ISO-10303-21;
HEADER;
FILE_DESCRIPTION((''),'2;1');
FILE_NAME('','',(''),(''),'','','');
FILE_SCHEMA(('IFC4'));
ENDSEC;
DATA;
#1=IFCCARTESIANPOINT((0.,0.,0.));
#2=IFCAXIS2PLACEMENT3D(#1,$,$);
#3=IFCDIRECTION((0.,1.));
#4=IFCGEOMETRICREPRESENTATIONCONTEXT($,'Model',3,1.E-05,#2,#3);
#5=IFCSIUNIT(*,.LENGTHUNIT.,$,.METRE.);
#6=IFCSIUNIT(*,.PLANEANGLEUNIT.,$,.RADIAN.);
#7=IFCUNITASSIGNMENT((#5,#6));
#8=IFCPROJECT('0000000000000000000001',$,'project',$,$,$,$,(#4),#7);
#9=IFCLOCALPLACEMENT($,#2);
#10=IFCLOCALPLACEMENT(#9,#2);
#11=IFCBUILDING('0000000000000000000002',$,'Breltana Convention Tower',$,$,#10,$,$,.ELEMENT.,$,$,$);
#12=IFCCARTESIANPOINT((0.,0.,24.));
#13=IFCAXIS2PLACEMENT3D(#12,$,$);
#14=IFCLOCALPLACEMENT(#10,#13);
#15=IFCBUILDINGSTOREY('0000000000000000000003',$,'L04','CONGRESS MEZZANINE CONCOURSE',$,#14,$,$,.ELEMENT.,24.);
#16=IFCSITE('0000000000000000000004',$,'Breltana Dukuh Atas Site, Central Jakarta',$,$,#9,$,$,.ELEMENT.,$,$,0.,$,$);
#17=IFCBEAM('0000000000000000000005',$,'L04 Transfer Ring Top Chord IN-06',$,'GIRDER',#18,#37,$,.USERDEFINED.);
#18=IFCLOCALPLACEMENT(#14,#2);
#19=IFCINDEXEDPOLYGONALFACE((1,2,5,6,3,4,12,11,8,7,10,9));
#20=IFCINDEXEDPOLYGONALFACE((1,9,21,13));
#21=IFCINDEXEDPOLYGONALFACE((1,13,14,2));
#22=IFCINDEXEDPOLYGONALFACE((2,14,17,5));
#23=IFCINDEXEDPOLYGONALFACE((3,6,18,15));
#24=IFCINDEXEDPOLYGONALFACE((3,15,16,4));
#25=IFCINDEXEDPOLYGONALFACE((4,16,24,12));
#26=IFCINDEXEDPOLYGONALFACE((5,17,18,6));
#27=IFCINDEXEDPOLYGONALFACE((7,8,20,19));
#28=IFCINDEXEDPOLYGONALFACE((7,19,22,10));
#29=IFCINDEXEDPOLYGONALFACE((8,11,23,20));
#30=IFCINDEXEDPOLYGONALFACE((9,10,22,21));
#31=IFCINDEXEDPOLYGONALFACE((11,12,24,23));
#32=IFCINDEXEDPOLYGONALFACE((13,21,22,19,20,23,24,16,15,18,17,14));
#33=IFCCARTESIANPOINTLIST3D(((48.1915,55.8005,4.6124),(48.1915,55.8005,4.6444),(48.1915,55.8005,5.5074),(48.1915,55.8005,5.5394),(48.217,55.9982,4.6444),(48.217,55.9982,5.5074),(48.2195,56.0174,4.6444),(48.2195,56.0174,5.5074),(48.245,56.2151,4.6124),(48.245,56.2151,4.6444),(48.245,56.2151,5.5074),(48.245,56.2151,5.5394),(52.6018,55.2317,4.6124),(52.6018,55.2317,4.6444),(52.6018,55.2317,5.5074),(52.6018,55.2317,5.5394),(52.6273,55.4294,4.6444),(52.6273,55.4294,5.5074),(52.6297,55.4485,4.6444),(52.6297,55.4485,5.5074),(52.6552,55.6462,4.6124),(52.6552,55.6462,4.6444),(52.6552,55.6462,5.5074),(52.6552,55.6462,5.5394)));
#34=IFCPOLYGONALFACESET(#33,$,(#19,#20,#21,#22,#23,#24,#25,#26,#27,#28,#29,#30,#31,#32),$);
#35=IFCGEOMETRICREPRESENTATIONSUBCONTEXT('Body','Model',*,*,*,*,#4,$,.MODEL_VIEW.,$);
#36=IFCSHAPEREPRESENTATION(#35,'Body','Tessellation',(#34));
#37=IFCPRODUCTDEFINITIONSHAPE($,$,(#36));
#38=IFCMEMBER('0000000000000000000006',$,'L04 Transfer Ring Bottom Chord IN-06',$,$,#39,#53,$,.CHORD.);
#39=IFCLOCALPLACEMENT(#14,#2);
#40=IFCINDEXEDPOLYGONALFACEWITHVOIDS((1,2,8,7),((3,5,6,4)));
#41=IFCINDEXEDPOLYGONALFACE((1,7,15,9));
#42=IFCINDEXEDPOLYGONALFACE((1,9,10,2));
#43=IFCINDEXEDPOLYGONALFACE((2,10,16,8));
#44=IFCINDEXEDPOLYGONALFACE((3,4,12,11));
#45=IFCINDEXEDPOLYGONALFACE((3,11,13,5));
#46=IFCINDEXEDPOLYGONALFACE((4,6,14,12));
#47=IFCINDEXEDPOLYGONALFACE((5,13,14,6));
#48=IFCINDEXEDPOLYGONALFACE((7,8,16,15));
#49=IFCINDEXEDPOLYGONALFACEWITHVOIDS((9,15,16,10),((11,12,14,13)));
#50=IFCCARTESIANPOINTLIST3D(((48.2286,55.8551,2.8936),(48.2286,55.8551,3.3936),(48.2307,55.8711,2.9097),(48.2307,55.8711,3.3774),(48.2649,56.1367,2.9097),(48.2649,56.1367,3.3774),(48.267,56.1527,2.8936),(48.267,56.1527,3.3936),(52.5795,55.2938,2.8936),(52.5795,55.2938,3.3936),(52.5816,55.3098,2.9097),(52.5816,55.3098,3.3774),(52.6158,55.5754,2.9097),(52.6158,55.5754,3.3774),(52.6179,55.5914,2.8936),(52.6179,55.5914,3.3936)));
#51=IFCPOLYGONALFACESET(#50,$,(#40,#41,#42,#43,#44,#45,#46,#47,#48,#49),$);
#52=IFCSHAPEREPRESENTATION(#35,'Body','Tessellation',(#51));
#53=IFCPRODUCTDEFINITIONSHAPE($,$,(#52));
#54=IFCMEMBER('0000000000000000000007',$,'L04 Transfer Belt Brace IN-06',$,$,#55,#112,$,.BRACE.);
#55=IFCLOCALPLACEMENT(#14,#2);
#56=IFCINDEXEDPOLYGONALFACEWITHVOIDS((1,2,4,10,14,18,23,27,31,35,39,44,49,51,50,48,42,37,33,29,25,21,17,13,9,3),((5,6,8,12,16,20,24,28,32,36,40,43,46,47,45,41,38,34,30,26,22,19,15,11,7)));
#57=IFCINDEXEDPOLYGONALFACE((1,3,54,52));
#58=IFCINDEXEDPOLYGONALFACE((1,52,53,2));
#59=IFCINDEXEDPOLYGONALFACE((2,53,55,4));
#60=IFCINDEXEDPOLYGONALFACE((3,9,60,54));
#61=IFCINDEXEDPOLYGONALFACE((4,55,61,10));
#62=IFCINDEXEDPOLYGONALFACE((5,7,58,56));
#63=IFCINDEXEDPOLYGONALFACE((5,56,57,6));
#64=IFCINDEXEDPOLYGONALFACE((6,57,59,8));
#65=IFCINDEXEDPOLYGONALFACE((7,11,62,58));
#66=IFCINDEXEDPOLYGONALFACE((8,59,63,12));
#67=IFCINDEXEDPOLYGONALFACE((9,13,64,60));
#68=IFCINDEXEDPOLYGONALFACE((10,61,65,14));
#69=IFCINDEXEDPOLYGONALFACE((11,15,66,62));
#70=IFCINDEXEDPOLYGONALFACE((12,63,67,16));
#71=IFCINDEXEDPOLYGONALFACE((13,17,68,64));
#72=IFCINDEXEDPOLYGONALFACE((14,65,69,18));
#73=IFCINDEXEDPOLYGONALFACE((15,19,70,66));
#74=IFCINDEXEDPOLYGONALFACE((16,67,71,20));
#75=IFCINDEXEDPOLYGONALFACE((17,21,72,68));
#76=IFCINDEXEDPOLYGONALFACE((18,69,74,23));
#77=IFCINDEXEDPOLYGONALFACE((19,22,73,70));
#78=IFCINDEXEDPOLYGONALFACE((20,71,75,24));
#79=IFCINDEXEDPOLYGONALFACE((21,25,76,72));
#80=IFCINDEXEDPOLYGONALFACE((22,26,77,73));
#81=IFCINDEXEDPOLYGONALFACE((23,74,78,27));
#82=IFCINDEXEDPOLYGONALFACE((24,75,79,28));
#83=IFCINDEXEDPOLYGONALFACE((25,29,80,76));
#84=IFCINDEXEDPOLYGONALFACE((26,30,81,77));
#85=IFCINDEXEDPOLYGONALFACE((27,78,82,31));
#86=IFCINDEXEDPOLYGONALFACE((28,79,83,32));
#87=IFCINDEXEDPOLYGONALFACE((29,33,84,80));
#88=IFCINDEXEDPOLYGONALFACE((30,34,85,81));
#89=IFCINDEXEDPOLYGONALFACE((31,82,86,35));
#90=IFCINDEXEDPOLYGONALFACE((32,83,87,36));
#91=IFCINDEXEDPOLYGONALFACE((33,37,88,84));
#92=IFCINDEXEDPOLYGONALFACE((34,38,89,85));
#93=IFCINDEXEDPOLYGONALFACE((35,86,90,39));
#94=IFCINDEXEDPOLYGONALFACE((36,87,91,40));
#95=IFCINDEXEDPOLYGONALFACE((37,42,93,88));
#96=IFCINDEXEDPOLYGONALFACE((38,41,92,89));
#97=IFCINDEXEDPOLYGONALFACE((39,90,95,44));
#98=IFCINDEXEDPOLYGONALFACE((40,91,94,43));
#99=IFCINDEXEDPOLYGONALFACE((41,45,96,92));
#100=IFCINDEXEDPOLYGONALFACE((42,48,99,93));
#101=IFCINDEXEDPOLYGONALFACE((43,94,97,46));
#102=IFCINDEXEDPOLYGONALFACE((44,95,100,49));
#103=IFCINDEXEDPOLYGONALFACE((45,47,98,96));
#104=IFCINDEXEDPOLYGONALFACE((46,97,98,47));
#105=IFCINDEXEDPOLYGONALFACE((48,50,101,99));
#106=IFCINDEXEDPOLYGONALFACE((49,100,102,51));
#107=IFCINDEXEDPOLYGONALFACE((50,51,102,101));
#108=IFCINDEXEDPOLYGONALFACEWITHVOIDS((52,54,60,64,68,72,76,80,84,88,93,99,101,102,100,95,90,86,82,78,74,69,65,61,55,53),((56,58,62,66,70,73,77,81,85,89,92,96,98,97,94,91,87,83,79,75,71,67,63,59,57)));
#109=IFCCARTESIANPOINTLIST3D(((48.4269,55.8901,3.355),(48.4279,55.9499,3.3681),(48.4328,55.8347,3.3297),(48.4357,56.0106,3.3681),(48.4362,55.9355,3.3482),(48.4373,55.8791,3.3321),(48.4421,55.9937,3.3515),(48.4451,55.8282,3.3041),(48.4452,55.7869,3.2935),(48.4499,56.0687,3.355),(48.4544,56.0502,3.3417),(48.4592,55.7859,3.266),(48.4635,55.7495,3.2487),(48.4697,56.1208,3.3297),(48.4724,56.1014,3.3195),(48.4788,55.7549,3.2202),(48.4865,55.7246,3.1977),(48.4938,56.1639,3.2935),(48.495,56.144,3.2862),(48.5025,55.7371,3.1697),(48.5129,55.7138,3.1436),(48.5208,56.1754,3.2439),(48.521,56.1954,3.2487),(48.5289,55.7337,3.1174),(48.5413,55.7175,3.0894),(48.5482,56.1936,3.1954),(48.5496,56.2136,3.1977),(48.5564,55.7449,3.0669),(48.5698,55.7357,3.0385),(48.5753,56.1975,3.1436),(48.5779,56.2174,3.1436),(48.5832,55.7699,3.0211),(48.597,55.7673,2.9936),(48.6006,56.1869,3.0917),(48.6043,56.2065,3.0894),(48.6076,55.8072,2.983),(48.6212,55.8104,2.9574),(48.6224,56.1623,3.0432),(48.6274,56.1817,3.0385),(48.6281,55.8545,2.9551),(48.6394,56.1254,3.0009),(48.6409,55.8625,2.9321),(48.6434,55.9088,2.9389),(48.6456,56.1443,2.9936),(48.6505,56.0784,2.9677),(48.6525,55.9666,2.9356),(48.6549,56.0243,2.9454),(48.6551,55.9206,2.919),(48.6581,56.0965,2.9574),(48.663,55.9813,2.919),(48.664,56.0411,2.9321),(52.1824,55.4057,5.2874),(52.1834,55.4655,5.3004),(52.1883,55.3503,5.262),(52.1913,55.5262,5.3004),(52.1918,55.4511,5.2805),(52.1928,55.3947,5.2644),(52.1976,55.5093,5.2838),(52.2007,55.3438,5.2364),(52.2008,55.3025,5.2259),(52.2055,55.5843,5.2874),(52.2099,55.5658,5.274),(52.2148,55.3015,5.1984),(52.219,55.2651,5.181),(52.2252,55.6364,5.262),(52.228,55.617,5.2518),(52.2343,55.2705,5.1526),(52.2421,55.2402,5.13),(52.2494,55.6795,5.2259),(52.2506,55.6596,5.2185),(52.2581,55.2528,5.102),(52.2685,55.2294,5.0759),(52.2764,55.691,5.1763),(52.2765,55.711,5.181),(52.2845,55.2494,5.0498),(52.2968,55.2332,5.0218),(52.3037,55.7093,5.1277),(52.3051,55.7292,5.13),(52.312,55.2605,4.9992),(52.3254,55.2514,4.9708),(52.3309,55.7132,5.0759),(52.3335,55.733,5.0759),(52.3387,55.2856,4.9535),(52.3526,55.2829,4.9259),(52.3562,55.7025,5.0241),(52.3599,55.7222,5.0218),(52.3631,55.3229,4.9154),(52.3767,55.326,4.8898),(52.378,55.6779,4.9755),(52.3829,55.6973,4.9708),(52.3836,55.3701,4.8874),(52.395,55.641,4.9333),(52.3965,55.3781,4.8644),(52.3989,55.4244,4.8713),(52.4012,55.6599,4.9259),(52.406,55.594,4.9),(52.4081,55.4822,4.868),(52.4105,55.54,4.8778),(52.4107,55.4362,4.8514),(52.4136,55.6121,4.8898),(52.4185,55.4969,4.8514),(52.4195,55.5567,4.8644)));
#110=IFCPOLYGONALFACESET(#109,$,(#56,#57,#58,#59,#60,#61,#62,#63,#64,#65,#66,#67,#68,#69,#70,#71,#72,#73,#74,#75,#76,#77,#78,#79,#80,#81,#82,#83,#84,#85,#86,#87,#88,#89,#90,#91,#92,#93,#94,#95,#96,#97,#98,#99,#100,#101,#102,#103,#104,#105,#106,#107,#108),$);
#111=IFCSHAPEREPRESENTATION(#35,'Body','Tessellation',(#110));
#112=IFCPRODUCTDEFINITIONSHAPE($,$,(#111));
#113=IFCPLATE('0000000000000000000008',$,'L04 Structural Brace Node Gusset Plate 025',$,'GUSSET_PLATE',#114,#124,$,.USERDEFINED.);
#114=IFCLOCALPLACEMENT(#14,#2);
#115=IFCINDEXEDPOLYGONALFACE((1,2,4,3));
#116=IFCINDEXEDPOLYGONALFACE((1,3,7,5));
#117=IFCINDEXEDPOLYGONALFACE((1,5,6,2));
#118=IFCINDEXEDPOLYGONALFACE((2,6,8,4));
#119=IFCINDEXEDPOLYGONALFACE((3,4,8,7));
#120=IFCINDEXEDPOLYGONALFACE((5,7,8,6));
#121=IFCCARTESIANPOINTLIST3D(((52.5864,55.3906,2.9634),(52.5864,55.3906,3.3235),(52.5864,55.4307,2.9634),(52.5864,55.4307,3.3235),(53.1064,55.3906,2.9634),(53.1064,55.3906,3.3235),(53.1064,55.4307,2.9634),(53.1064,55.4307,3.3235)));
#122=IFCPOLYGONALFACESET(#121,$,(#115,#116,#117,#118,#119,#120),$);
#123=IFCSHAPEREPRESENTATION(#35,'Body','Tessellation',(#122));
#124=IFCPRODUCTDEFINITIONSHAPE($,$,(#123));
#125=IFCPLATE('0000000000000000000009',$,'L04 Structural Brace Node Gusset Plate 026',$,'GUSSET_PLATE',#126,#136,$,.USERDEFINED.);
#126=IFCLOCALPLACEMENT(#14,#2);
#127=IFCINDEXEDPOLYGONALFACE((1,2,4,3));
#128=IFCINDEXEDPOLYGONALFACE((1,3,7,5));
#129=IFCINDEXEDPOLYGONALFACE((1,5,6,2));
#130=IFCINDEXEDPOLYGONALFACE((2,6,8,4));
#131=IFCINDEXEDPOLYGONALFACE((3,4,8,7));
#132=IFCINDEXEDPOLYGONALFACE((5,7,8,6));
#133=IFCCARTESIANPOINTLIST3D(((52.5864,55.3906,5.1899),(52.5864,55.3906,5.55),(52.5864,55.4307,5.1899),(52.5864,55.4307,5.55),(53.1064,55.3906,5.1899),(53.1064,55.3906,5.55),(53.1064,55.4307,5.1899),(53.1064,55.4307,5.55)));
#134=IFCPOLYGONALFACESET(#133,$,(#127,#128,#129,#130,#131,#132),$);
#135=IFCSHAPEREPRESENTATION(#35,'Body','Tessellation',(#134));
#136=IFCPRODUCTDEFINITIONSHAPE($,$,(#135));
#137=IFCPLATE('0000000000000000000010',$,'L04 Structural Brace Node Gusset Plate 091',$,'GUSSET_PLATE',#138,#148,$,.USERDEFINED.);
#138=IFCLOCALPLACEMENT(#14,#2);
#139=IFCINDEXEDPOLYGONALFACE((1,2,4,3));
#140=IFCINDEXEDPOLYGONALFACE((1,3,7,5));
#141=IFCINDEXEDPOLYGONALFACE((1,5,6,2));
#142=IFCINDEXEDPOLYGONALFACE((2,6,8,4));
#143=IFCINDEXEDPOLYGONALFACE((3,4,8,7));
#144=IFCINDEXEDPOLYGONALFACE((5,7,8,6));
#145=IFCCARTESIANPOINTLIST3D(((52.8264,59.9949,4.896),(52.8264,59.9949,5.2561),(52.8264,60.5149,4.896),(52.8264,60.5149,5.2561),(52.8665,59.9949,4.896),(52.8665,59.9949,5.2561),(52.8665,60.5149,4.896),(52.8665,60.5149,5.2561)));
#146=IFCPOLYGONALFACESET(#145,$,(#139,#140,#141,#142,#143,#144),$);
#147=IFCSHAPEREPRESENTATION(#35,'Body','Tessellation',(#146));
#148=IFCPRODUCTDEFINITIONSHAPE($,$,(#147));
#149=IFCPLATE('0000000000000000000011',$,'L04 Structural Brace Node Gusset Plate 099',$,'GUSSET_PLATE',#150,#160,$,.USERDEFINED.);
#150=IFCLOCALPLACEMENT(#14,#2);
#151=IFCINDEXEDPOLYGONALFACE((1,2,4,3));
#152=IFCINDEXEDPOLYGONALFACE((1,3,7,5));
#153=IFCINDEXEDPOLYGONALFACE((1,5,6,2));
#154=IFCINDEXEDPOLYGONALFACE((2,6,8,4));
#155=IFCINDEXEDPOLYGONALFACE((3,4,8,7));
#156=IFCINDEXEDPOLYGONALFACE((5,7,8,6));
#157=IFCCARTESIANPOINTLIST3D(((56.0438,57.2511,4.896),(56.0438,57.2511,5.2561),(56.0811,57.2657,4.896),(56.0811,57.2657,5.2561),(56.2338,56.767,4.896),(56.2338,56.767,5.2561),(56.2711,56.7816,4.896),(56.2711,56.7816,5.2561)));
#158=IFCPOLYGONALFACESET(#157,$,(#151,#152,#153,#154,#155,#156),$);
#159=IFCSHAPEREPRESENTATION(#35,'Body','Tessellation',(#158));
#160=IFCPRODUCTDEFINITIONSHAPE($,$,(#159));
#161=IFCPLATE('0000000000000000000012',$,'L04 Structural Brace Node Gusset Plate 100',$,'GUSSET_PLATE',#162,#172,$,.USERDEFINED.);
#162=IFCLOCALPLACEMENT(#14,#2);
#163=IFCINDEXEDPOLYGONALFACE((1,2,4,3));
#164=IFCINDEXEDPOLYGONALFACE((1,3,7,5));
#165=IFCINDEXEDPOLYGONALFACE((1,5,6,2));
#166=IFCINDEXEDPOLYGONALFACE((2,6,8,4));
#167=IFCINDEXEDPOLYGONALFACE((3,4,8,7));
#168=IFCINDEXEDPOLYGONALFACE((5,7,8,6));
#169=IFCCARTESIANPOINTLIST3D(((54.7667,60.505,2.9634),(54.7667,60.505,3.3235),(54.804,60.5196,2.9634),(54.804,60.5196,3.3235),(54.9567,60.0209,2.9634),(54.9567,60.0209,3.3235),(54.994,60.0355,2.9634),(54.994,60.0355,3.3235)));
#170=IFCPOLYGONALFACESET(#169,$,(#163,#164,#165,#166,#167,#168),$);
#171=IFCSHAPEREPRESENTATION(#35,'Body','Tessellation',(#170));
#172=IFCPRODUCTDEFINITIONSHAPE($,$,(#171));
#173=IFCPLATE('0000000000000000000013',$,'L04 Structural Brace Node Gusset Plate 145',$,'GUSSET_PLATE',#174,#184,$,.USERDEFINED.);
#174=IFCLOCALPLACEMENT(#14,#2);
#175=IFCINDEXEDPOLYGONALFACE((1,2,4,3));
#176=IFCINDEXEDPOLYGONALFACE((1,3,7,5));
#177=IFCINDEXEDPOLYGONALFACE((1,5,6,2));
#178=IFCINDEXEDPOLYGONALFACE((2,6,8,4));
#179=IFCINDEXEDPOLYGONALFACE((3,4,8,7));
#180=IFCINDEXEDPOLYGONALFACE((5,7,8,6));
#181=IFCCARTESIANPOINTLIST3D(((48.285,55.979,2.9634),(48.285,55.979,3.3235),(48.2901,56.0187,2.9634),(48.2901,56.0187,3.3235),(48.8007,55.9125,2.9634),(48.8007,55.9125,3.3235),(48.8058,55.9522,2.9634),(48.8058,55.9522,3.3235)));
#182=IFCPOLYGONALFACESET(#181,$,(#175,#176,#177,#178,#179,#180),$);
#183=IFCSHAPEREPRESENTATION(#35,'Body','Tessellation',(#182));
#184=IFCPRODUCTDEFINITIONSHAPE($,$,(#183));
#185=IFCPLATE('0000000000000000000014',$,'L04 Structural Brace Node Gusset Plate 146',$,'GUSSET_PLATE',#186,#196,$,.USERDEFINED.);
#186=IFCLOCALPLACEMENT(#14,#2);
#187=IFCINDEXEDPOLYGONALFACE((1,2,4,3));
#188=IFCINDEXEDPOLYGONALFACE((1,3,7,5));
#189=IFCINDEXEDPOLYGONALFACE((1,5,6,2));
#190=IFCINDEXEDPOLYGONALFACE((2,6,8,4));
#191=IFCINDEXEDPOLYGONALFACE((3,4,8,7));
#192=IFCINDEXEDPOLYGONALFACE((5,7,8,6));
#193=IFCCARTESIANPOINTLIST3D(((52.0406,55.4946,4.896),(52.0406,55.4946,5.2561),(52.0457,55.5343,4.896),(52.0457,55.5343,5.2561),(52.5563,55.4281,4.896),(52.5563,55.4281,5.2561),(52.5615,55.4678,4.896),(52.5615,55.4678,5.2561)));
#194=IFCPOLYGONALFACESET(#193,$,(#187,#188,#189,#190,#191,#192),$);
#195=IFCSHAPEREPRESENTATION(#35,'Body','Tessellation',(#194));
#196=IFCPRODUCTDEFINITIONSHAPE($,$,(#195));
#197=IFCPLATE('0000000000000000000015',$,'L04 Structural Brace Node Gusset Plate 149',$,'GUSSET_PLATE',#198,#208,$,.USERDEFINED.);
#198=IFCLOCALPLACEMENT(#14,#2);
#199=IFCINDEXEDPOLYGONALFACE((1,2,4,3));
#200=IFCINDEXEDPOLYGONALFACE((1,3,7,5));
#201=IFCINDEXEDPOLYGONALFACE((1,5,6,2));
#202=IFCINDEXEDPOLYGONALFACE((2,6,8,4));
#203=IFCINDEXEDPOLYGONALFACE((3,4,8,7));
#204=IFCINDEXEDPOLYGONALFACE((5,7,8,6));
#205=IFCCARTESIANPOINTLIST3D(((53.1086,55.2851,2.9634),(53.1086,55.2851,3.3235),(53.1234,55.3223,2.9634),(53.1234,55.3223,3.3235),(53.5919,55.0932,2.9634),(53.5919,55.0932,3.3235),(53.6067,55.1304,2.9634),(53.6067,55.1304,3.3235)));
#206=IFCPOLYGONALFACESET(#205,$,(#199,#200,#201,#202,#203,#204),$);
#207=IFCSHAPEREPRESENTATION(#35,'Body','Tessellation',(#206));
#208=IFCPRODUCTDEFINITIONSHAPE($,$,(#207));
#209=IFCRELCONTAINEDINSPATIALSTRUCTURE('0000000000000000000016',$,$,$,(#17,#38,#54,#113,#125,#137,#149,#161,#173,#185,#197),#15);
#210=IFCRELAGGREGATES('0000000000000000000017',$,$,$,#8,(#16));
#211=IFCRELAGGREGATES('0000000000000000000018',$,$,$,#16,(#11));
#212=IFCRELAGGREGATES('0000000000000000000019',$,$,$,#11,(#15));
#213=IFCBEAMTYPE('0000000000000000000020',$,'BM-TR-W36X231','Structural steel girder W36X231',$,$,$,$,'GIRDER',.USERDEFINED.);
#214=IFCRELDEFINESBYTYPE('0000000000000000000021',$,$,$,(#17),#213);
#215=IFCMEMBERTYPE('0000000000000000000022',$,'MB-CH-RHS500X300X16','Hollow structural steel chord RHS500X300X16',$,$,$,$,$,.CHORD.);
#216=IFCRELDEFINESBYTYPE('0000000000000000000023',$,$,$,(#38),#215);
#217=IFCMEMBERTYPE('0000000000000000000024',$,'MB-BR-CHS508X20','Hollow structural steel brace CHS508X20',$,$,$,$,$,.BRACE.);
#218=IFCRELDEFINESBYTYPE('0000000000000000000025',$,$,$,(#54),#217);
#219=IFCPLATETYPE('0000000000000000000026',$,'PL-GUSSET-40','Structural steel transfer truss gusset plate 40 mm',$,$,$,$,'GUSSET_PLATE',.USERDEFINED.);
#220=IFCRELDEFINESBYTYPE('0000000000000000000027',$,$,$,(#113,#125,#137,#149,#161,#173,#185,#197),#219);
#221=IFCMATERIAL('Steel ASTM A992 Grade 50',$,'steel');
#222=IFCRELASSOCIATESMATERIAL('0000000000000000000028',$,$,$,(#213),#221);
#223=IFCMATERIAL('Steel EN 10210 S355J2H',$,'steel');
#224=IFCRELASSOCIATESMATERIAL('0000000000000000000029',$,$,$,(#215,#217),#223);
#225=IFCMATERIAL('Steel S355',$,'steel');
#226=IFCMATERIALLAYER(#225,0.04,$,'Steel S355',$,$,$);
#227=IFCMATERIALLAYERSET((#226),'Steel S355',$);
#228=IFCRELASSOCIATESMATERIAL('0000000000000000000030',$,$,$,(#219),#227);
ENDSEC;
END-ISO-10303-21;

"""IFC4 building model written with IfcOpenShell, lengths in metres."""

from ifc_helpers import new_model, si_unit, direction, frame, origin, origin_2d, place, context, subcontext, project, spatial, rectangle, hollow_rectangle, hollow_circle, i_section, extrude, source, transform, mapped, material, layer, layer_set, material_profile, profile_set, type_object, element, save


model = new_model("IFC4")

# Units and contexts
model_context = context("Model", 3, precision=1e-05, world=origin(), true_north=direction((0.0, 1.0)))
body_context = subcontext(model_context, "Body", "Model", "MODEL_VIEW")
ifc_project = project(units=[si_unit("LENGTHUNIT", "METRE"), si_unit("PLANEANGLEUNIT", "RADIAN")], contexts=[model_context])

# Site, building, storey
site_placement = place(None, origin())
site = spatial("IfcSite", under=ifc_project, at=site_placement, Name="Breltana Dukuh Atas Site, Central Jakarta", CompositionType="ELEMENT", RefElevation=0.0)
building_placement = place(site_placement, origin())
building = spatial("IfcBuilding", under=site, at=building_placement, Name="Breltana Convention Tower", CompositionType="ELEMENT")
storey_placement = place(building_placement, frame((0.0, 0.0, 24.0)))
storey = spatial("IfcBuildingStorey", under=building, at=storey_placement, Name="L04", Description="CONGRESS MEZZANINE CONCOURSE", CompositionType="ELEMENT", Elevation=24.0)

# Shared definitions
ifc_material_1 = material(Name="Steel ASTM A992 Grade 50", Category="steel")

# Shared definitions
ifc_material_profile_1 = material_profile(ifc_material_1, i_section(OverallWidth=0.418, OverallDepth=0.927, WebThickness=0.0193, FlangeThickness=0.032, at=origin_2d()), Name="W36X231")
ifc_profile_set_1 = profile_set([ifc_material_profile_1], Name="Steel ASTM A992 Grade 50")
beam_type_1 = type_object("IfcBeamType", Name="BM-TR-W36X231", Description="Structural steel girder W36X231", ElementType="GIRDER", PredefinedType="USERDEFINED", material=ifc_profile_set_1)

# Shared definitions
ifc_material_2 = material(Name="Steel EN 10210 S355J2H", Category="steel")

# Shared definitions
ifc_material_profile_2 = material_profile(ifc_material_2, hollow_rectangle(XDim=0.3, YDim=0.5, WallThickness=0.0161, at=origin_2d()), Name="RHS500X300X16")
ifc_profile_set_2 = profile_set([ifc_material_profile_2], Name="Steel EN 10210 S355J2H")
member_type_1 = type_object("IfcMemberType", Name="MB-CH-RHS500X300X16", Description="Hollow structural steel chord RHS500X300X16", PredefinedType="CHORD", material=ifc_profile_set_2)
ifc_material_profile_3 = material_profile(ifc_material_2, hollow_circle(Radius=0.2539, WallThickness=0.02, at=origin_2d()), Name="CHS508X20")
ifc_profile_set_3 = profile_set([ifc_material_profile_3], Name="Steel EN 10210 S355J2H")
member_type_2 = type_object("IfcMemberType", Name="MB-BR-CHS508X20", Description="Hollow structural steel brace CHS508X20", PredefinedType="BRACE", material=ifc_profile_set_3)

# Beam
shared_shape_1 = source(origin(), body_context, "Body", "SweptSolid", [
    extrude(i_section(OverallWidth=0.418, OverallDepth=0.927, WebThickness=0.0193, FlangeThickness=0.032, at=origin_2d()), origin(), (0.0, 0.0, 1.0), 4.4468),
])
beam_1_placement = place(storey_placement, frame((48.2183, 56.0078, 5.0759), z_axis=(0.991784, -0.127926, 0.0), x_axis=(0.127926, 0.991784, 0.0)))
element("IfcBeam", 1, at=beam_1_placement, inside=storey, type_object=beam_type_1, Name="L04 Transfer Ring Top Chord IN-06", ObjectType="GIRDER", PredefinedType="USERDEFINED", context=body_context, shape_type="MappedRepresentation", body=[
    mapped(shared_shape_1, transform((0.0, 0.0, 0.0), scale=1.0)),
])

# Members
shared_shape_2 = source(origin(), body_context, "Body", "SweptSolid", [
    extrude(hollow_rectangle(XDim=0.3, YDim=0.5, WallThickness=0.0161, at=origin_2d()), origin(), (0.0, 0.0, 1.0), 4.387),
])
member_1_placement = place(storey_placement, frame((48.2478, 56.0039, 3.1436), z_axis=(0.991781, -0.127945, 0.0), x_axis=(0.127945, 0.991781, 0.0)))
element("IfcMember", 2, at=member_1_placement, inside=storey, type_object=member_type_1, Name="L04 Transfer Ring Bottom Chord IN-06", PredefinedType="CHORD", context=body_context, shape_type="MappedRepresentation", body=[
    mapped(shared_shape_2, transform((0.0, 0.0, 0.0), scale=1.0)),
])
shared_shape_3 = source(origin(), body_context, "Body", "SweptSolid", [
    extrude(hollow_circle(Radius=0.2539, WallThickness=0.02, at=origin_2d()), origin(), (0.0, 0.0, 1.0), 4.2512),
])
member_2_placement = place(storey_placement, frame((48.5454, 55.9656, 3.1436), z_axis=(0.883409, -0.113936, 0.45454), x_axis=(0.127914, 0.991785, 0.0)))
element("IfcMember", 3, at=member_2_placement, inside=storey, type_object=member_type_2, Name="L04 Transfer Belt Brace IN-06", PredefinedType="BRACE", context=body_context, shape_type="MappedRepresentation", body=[
    mapped(shared_shape_3, transform((0.0, 0.0, 0.0), scale=1.0)),
])

# Plates
ifc_material_3 = material(Name="Steel S355", Category="steel")
ifc_layer_1 = layer(ifc_material_3, 0.04, Name="Steel S355")
ifc_layer_set_1 = layer_set([ifc_layer_1], Name="Steel S355")
plate_type = type_object("IfcPlateType", Name="PL-GUSSET-40", Description="Structural steel transfer truss gusset plate 40 mm", ElementType="GUSSET_PLATE", PredefinedType="USERDEFINED", material=ifc_layer_set_1)
shared_shape_4 = source(origin(), body_context, "Body", "SweptSolid", [
    extrude(rectangle(XDim=0.52, YDim=0.04, at=origin_2d()), origin(), (0.0, 0.0, 1.0), 0.3601),
])
for number, where, z_axis, x_axis, name in (
    (4, (52.8464, 55.4106, 2.9634), (0.0, 0.0, 1.0), (1.0, 0.0, 0.0), "L04 Structural Brace Node Gusset Plate 025"),
    (5, (52.8464, 55.4106, 5.1899), (0.0, 0.0, 1.0), (1.0, 0.0, 0.0), "L04 Structural Brace Node Gusset Plate 026"),
    (6, (52.8464, 60.2549, 4.896), (0.0, 0.0, 1.0), (0.0, 1.0, 0.0), "L04 Structural Brace Node Gusset Plate 091"),
    (7, (56.1575, 57.0164, 4.896), (0.0, 0.0, 1.0), (-0.365364, 0.930865, 0.0), "L04 Structural Brace Node Gusset Plate 099"),
    (8, (54.8804, 60.2703, 2.9634), (0.0, 0.0, 1.0), (-0.365364, 0.930865, 0.0), "L04 Structural Brace Node Gusset Plate 100"),
    (9, (48.5454, 55.9656, 2.9634), (0.0, 0.0, 1.0), (0.991783, -0.12793, 0.0), "L04 Structural Brace Node Gusset Plate 145"),
    (10, (52.301, 55.4812, 4.896), (0.0, 0.0, 1.0), (0.991783, -0.12793, 0.0), "L04 Structural Brace Node Gusset Plate 146"),
    (11, (53.3577, 55.2078, 2.9634), (0.0, 0.0, 1.0), (0.929455, -0.368936, 0.0), "L04 Structural Brace Node Gusset Plate 149"),
):
    element("IfcPlate", number, at=place(storey_placement, frame(where, z_axis=z_axis, x_axis=x_axis)), inside=storey, type_object=plate_type, Name=name, ObjectType="GUSSET_PLATE", PredefinedType="USERDEFINED", context=body_context, shape_type="MappedRepresentation", body=[
        mapped(shared_shape_4, transform((0.0, 0.0, 0.0), scale=1.0)),
    ])

save(model, "model.ifc")
